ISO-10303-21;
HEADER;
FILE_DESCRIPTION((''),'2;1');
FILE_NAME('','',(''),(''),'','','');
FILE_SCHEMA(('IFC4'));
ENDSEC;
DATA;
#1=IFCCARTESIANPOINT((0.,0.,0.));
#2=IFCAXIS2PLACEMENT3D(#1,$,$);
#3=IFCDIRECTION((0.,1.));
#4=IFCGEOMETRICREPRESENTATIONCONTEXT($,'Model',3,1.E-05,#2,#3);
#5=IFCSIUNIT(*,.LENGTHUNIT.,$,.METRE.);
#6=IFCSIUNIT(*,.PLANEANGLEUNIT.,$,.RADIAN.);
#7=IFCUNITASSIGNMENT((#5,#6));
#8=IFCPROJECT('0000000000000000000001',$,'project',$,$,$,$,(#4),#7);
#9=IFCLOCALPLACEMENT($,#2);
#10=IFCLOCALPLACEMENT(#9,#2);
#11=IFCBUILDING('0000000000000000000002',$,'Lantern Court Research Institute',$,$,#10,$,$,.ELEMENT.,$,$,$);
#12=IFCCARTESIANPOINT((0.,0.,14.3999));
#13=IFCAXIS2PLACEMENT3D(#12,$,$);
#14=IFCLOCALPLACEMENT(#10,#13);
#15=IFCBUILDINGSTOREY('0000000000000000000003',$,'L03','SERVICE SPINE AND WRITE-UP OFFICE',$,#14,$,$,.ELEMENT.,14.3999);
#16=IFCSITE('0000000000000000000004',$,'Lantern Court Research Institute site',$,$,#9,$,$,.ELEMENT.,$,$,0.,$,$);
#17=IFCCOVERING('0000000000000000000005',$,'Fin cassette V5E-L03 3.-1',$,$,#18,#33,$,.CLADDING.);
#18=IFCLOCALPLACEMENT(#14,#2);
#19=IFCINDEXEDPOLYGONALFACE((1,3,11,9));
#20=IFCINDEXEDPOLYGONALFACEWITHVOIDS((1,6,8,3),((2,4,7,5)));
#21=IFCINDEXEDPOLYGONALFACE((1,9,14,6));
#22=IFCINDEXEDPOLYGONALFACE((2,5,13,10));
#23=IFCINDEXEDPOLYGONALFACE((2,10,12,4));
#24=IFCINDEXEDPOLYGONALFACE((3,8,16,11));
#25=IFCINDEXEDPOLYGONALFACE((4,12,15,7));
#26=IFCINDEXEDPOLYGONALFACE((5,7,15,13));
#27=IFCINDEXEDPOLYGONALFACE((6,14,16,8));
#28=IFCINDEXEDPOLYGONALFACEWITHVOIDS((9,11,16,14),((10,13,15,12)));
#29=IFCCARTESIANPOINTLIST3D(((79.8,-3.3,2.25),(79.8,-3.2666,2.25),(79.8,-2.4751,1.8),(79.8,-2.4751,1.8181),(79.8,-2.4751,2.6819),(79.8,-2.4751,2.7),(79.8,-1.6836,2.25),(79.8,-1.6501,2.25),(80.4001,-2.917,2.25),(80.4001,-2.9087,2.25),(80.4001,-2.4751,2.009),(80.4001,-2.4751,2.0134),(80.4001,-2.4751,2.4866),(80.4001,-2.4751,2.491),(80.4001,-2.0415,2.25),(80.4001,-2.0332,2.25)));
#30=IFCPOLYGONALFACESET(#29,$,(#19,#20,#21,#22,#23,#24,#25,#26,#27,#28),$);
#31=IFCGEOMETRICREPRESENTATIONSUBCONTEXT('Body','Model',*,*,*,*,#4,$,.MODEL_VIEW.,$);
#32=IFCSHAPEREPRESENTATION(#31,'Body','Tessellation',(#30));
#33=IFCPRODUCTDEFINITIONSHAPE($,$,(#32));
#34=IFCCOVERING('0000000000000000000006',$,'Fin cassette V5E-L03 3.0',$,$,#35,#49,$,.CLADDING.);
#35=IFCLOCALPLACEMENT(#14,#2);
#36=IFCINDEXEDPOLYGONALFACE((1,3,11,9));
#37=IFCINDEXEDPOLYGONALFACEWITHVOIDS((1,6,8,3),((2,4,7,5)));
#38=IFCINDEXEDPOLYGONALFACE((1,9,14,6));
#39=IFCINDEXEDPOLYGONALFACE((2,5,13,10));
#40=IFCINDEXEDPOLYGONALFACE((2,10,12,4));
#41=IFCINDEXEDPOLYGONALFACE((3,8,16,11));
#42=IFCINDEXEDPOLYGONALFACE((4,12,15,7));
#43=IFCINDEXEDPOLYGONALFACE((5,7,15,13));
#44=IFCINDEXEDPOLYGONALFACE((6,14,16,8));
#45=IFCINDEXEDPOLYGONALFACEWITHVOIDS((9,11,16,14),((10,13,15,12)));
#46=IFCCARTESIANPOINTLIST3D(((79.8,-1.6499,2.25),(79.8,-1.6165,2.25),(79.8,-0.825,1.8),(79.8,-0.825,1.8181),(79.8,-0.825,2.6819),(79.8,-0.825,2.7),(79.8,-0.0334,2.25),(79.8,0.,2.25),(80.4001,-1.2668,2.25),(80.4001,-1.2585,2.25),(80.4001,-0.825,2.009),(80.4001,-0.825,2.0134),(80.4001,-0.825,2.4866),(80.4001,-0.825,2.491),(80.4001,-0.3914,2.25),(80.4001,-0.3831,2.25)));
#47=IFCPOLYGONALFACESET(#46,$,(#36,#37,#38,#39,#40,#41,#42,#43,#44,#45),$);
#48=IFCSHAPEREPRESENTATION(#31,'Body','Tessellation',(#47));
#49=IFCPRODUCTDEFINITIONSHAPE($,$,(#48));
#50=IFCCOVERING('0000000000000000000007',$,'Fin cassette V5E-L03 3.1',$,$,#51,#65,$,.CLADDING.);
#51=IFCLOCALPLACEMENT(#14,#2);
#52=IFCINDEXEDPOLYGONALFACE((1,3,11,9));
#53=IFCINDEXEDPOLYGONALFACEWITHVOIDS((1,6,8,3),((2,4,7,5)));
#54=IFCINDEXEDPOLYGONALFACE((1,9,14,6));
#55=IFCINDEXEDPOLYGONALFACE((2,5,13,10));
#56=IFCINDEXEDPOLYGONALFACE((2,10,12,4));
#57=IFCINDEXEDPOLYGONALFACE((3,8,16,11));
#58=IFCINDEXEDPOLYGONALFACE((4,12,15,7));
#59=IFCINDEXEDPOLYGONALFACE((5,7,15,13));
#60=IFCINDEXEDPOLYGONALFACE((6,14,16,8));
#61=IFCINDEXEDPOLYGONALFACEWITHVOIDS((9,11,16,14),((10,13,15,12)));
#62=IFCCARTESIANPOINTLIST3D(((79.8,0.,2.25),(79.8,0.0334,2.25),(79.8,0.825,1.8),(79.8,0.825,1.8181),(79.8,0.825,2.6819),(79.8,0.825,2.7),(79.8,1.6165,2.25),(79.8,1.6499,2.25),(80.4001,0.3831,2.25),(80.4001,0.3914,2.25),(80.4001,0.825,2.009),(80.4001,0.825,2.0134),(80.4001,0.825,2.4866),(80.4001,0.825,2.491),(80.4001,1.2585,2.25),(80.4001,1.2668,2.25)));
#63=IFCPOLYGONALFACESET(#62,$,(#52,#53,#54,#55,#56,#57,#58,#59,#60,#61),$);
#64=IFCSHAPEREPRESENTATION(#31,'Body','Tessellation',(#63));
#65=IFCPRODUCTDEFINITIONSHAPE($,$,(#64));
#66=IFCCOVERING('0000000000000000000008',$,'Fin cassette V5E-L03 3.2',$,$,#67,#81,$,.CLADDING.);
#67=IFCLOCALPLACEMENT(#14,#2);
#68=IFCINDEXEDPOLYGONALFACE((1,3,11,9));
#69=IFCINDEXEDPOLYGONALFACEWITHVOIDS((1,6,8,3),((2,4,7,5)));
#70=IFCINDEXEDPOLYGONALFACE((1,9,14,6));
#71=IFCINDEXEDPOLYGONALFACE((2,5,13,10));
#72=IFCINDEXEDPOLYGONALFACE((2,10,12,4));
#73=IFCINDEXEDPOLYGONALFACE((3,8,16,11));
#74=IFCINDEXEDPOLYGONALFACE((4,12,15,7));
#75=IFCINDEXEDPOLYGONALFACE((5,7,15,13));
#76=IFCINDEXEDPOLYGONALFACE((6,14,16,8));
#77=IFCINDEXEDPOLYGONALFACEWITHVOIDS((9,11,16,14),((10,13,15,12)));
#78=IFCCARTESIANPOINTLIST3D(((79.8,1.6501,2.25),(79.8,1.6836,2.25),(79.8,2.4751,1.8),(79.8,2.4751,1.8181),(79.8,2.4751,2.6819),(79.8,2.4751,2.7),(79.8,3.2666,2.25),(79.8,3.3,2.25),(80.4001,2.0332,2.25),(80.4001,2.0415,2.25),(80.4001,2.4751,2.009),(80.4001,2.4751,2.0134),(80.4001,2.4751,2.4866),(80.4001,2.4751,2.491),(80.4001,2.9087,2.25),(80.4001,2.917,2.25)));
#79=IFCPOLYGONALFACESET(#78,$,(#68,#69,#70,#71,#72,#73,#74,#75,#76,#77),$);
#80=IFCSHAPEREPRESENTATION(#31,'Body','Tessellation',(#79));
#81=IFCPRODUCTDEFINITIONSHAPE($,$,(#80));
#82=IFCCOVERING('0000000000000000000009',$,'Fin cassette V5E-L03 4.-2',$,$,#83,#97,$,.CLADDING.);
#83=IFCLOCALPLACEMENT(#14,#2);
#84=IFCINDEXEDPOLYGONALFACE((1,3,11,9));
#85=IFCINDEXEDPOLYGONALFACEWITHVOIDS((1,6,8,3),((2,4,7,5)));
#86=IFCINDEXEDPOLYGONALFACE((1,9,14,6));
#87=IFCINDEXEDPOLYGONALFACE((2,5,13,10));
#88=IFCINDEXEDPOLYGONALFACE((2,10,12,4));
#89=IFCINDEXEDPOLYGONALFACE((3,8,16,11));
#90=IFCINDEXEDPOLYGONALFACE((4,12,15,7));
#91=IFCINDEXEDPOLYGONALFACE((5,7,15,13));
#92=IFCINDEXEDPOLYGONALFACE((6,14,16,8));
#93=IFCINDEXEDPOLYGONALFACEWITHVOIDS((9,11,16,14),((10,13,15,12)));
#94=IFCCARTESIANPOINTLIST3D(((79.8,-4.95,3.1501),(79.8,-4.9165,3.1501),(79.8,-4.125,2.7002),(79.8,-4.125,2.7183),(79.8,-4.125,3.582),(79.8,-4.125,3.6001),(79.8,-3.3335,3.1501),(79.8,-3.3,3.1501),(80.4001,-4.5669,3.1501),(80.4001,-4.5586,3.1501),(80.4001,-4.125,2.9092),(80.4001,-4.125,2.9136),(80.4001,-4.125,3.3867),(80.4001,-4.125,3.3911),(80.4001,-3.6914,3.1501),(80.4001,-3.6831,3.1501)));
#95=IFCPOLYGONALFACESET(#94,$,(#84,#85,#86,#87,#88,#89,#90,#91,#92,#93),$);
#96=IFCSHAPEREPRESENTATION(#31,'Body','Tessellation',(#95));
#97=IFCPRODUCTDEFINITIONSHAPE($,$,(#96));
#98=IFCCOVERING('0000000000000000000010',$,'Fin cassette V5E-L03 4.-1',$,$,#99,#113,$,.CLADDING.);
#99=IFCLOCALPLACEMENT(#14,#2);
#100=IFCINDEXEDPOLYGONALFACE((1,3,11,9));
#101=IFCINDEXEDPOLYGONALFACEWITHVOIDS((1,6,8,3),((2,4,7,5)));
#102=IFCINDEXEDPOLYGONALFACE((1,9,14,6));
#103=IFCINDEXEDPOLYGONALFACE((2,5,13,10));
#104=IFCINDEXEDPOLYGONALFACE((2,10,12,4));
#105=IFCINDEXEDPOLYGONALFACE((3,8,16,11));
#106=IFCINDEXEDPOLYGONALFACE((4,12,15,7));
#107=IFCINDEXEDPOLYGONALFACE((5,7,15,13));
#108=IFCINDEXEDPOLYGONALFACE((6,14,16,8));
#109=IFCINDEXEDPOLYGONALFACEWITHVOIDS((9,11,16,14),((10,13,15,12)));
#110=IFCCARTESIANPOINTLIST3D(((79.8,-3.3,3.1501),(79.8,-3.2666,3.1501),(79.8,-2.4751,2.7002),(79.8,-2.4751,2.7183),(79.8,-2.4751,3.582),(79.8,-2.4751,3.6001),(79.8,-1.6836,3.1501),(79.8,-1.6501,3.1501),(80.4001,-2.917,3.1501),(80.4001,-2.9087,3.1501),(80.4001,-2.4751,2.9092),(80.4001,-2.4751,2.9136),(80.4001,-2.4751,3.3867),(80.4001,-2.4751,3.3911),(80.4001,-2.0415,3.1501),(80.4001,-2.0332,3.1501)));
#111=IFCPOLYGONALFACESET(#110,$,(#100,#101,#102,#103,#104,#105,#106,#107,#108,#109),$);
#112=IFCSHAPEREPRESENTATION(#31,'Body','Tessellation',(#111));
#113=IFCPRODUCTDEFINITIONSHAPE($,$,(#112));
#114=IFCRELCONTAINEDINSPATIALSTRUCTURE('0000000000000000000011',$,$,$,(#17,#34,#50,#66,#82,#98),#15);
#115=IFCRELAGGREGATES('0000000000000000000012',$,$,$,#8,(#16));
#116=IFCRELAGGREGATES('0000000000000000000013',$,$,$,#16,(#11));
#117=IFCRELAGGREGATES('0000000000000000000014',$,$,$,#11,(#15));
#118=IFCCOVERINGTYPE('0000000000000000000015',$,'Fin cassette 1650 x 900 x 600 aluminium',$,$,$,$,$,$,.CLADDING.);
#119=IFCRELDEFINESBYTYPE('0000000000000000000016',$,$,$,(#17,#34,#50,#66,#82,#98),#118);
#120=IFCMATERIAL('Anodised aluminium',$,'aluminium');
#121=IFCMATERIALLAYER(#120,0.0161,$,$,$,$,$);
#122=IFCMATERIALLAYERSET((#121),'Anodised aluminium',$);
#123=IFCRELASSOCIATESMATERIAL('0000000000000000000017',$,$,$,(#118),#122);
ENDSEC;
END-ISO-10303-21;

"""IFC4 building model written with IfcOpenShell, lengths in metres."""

from ifc_helpers import new_model, entity, si_unit, direction, frame, origin, place, context, subcontext, project, spatial, material, layer, layer_set, type_object, element, save


model = new_model("IFC4")

# Units and contexts
model_context = context("Model", 3, precision=1e-05, world=origin(), true_north=direction((0.0, 1.0)))
body_context = subcontext(model_context, "Body", "Model", "MODEL_VIEW")
ifc_project = project(units=[si_unit("LENGTHUNIT", "METRE"), si_unit("PLANEANGLEUNIT", "RADIAN")], contexts=[model_context])

# Site, building, storey
site_placement = place(None, origin())
site = spatial("IfcSite", under=ifc_project, at=site_placement, Name="Lantern Court Research Institute site", CompositionType="ELEMENT", RefElevation=0.0)
building_placement = place(site_placement, origin())
building = spatial("IfcBuilding", under=site, at=building_placement, Name="Lantern Court Research Institute", CompositionType="ELEMENT")
storey_placement = place(building_placement, frame((0.0, 0.0, 14.3999)))
storey = spatial("IfcBuildingStorey", under=building, at=storey_placement, Name="L03", Description="SERVICE SPINE AND WRITE-UP OFFICE", CompositionType="ELEMENT", Elevation=14.3999)

# Coverings
ifc_material_1 = material(Name="Anodised aluminium", Category="aluminium")
ifc_layer_1 = layer(ifc_material_1, 0.0161)
ifc_layer_set_1 = layer_set([ifc_layer_1], Name="Anodised aluminium")
covering_type = type_object("IfcCoveringType", Name="Fin cassette 1650 x 900 x 600 aluminium", PredefinedType="CLADDING", material=ifc_layer_set_1)
covering_1_placement = place(storey_placement, frame((79.8, -2.4751, 2.25), z_axis=(1.0, 0.0, 0.0), x_axis=(0.0, 1.0, 0.0)))
cartesian_point_1 = entity("IfcCartesianPoint", [0.825, 0.0])
cartesian_point_2 = entity("IfcCartesianPoint", [0.7915, 0.0])
cartesian_point_3 = entity("IfcCartesianPoint", [0.4419, 0.0])
cartesian_point_4 = entity("IfcCartesianPoint", [0.4336, 0.0])
element("IfcCovering", 1, at=covering_1_placement, inside=storey, type_object=covering_type, Name="Fin cassette V5E-L03 3.-1", PredefinedType="CLADDING", context=body_context, shape_type="SweptSolid", body=[
    entity("IfcExtrudedAreaSolidTapered", entity("IfcArbitraryProfileDefWithVoids", "AREA", None, entity("IfcPolyline", [cartesian_point_1, entity("IfcCartesianPoint", [0.0, 0.45]), entity("IfcCartesianPoint", [-0.825, 0.0]), entity("IfcCartesianPoint", [0.0, -0.45]), cartesian_point_1]), [entity("IfcPolyline", [cartesian_point_2, entity("IfcCartesianPoint", [0.0, 0.4319]), entity("IfcCartesianPoint", [-0.7915, 0.0]), entity("IfcCartesianPoint", [0.0, -0.4319]), cartesian_point_2])]), entity("IfcAxis2Placement3D", entity("IfcCartesianPoint", [0.0, 0.0, 0.0])), entity("IfcDirection", [0.0, 0.0, 1.0]), 0.6001, entity("IfcArbitraryProfileDefWithVoids", "AREA", None, entity("IfcPolyline", [cartesian_point_3, entity("IfcCartesianPoint", [0.0, 0.241]), entity("IfcCartesianPoint", [-0.4419, 0.0]), entity("IfcCartesianPoint", [0.0, -0.241]), cartesian_point_3]), [entity("IfcPolyline", [cartesian_point_4, entity("IfcCartesianPoint", [0.0, 0.2366]), entity("IfcCartesianPoint", [-0.4336, 0.0]), entity("IfcCartesianPoint", [0.0, -0.2366]), cartesian_point_4])])),
])
covering_2_placement = place(storey_placement, frame((79.8, -0.825, 2.25), z_axis=(1.0, 0.0, 0.0), x_axis=(0.0, 1.0, 0.0)))
cartesian_point_5 = entity("IfcCartesianPoint", [0.825, 0.0])
cartesian_point_6 = entity("IfcCartesianPoint", [0.7915, 0.0])
cartesian_point_7 = entity("IfcCartesianPoint", [0.4419, 0.0])
cartesian_point_8 = entity("IfcCartesianPoint", [0.4336, 0.0])
element("IfcCovering", 2, at=covering_2_placement, inside=storey, type_object=covering_type, Name="Fin cassette V5E-L03 3.0", PredefinedType="CLADDING", context=body_context, shape_type="SweptSolid", body=[
    entity("IfcExtrudedAreaSolidTapered", entity("IfcArbitraryProfileDefWithVoids", "AREA", None, entity("IfcPolyline", [cartesian_point_5, entity("IfcCartesianPoint", [0.0, 0.45]), entity("IfcCartesianPoint", [-0.825, 0.0]), entity("IfcCartesianPoint", [0.0, -0.45]), cartesian_point_5]), [entity("IfcPolyline", [cartesian_point_6, entity("IfcCartesianPoint", [0.0, 0.4319]), entity("IfcCartesianPoint", [-0.7915, 0.0]), entity("IfcCartesianPoint", [0.0, -0.4319]), cartesian_point_6])]), entity("IfcAxis2Placement3D", entity("IfcCartesianPoint", [0.0, 0.0, 0.0])), entity("IfcDirection", [0.0, 0.0, 1.0]), 0.6001, entity("IfcArbitraryProfileDefWithVoids", "AREA", None, entity("IfcPolyline", [cartesian_point_7, entity("IfcCartesianPoint", [0.0, 0.241]), entity("IfcCartesianPoint", [-0.4419, 0.0]), entity("IfcCartesianPoint", [0.0, -0.241]), cartesian_point_7]), [entity("IfcPolyline", [cartesian_point_8, entity("IfcCartesianPoint", [0.0, 0.2366]), entity("IfcCartesianPoint", [-0.4336, 0.0]), entity("IfcCartesianPoint", [0.0, -0.2366]), cartesian_point_8])])),
])
covering_3_placement = place(storey_placement, frame((79.8, 0.825, 2.25), z_axis=(1.0, 0.0, 0.0), x_axis=(0.0, 1.0, 0.0)))
cartesian_point_9 = entity("IfcCartesianPoint", [0.825, 0.0])
cartesian_point_10 = entity("IfcCartesianPoint", [0.7915, 0.0])
cartesian_point_11 = entity("IfcCartesianPoint", [0.4419, 0.0])
cartesian_point_12 = entity("IfcCartesianPoint", [0.4336, 0.0])
element("IfcCovering", 3, at=covering_3_placement, inside=storey, type_object=covering_type, Name="Fin cassette V5E-L03 3.1", PredefinedType="CLADDING", context=body_context, shape_type="SweptSolid", body=[
    entity("IfcExtrudedAreaSolidTapered", entity("IfcArbitraryProfileDefWithVoids", "AREA", None, entity("IfcPolyline", [cartesian_point_9, entity("IfcCartesianPoint", [0.0, 0.45]), entity("IfcCartesianPoint", [-0.825, 0.0]), entity("IfcCartesianPoint", [0.0, -0.45]), cartesian_point_9]), [entity("IfcPolyline", [cartesian_point_10, entity("IfcCartesianPoint", [0.0, 0.4319]), entity("IfcCartesianPoint", [-0.7915, 0.0]), entity("IfcCartesianPoint", [0.0, -0.4319]), cartesian_point_10])]), entity("IfcAxis2Placement3D", entity("IfcCartesianPoint", [0.0, 0.0, 0.0])), entity("IfcDirection", [0.0, 0.0, 1.0]), 0.6001, entity("IfcArbitraryProfileDefWithVoids", "AREA", None, entity("IfcPolyline", [cartesian_point_11, entity("IfcCartesianPoint", [0.0, 0.241]), entity("IfcCartesianPoint", [-0.4419, 0.0]), entity("IfcCartesianPoint", [0.0, -0.241]), cartesian_point_11]), [entity("IfcPolyline", [cartesian_point_12, entity("IfcCartesianPoint", [0.0, 0.2366]), entity("IfcCartesianPoint", [-0.4336, 0.0]), entity("IfcCartesianPoint", [0.0, -0.2366]), cartesian_point_12])])),
])
covering_4_placement = place(storey_placement, frame((79.8, 2.4751, 2.25), z_axis=(1.0, 0.0, 0.0), x_axis=(0.0, 1.0, 0.0)))
cartesian_point_13 = entity("IfcCartesianPoint", [0.825, 0.0])
cartesian_point_14 = entity("IfcCartesianPoint", [0.7915, 0.0])
cartesian_point_15 = entity("IfcCartesianPoint", [0.4419, 0.0])
cartesian_point_16 = entity("IfcCartesianPoint", [0.4336, 0.0])
element("IfcCovering", 4, at=covering_4_placement, inside=storey, type_object=covering_type, Name="Fin cassette V5E-L03 3.2", PredefinedType="CLADDING", context=body_context, shape_type="SweptSolid", body=[
    entity("IfcExtrudedAreaSolidTapered", entity("IfcArbitraryProfileDefWithVoids", "AREA", None, entity("IfcPolyline", [cartesian_point_13, entity("IfcCartesianPoint", [0.0, 0.45]), entity("IfcCartesianPoint", [-0.825, 0.0]), entity("IfcCartesianPoint", [0.0, -0.45]), cartesian_point_13]), [entity("IfcPolyline", [cartesian_point_14, entity("IfcCartesianPoint", [0.0, 0.4319]), entity("IfcCartesianPoint", [-0.7915, 0.0]), entity("IfcCartesianPoint", [0.0, -0.4319]), cartesian_point_14])]), entity("IfcAxis2Placement3D", entity("IfcCartesianPoint", [0.0, 0.0, 0.0])), entity("IfcDirection", [0.0, 0.0, 1.0]), 0.6001, entity("IfcArbitraryProfileDefWithVoids", "AREA", None, entity("IfcPolyline", [cartesian_point_15, entity("IfcCartesianPoint", [0.0, 0.241]), entity("IfcCartesianPoint", [-0.4419, 0.0]), entity("IfcCartesianPoint", [0.0, -0.241]), cartesian_point_15]), [entity("IfcPolyline", [cartesian_point_16, entity("IfcCartesianPoint", [0.0, 0.2366]), entity("IfcCartesianPoint", [-0.4336, 0.0]), entity("IfcCartesianPoint", [0.0, -0.2366]), cartesian_point_16])])),
])
covering_5_placement = place(storey_placement, frame((79.8, -4.125, 3.1501), z_axis=(1.0, 0.0, 0.0), x_axis=(0.0, 1.0, 0.0)))
cartesian_point_17 = entity("IfcCartesianPoint", [0.825, 0.0])
cartesian_point_18 = entity("IfcCartesianPoint", [0.7915, 0.0])
cartesian_point_19 = entity("IfcCartesianPoint", [0.4419, 0.0])
cartesian_point_20 = entity("IfcCartesianPoint", [0.4336, 0.0])
element("IfcCovering", 5, at=covering_5_placement, inside=storey, type_object=covering_type, Name="Fin cassette V5E-L03 4.-2", PredefinedType="CLADDING", context=body_context, shape_type="SweptSolid", body=[
    entity("IfcExtrudedAreaSolidTapered", entity("IfcArbitraryProfileDefWithVoids", "AREA", None, entity("IfcPolyline", [cartesian_point_17, entity("IfcCartesianPoint", [0.0, 0.45]), entity("IfcCartesianPoint", [-0.825, 0.0]), entity("IfcCartesianPoint", [0.0, -0.45]), cartesian_point_17]), [entity("IfcPolyline", [cartesian_point_18, entity("IfcCartesianPoint", [0.0, 0.4319]), entity("IfcCartesianPoint", [-0.7915, 0.0]), entity("IfcCartesianPoint", [0.0, -0.4319]), cartesian_point_18])]), entity("IfcAxis2Placement3D", entity("IfcCartesianPoint", [0.0, 0.0, 0.0])), entity("IfcDirection", [0.0, 0.0, 1.0]), 0.6001, entity("IfcArbitraryProfileDefWithVoids", "AREA", None, entity("IfcPolyline", [cartesian_point_19, entity("IfcCartesianPoint", [0.0, 0.241]), entity("IfcCartesianPoint", [-0.4419, 0.0]), entity("IfcCartesianPoint", [0.0, -0.241]), cartesian_point_19]), [entity("IfcPolyline", [cartesian_point_20, entity("IfcCartesianPoint", [0.0, 0.2366]), entity("IfcCartesianPoint", [-0.4336, 0.0]), entity("IfcCartesianPoint", [0.0, -0.2366]), cartesian_point_20])])),
])
covering_6_placement = place(storey_placement, frame((79.8, -2.4751, 3.1501), z_axis=(1.0, 0.0, 0.0), x_axis=(0.0, 1.0, 0.0)))
cartesian_point_21 = entity("IfcCartesianPoint", [0.825, 0.0])
cartesian_point_22 = entity("IfcCartesianPoint", [0.7915, 0.0])
cartesian_point_23 = entity("IfcCartesianPoint", [0.4419, 0.0])
cartesian_point_24 = entity("IfcCartesianPoint", [0.4336, 0.0])
element("IfcCovering", 6, at=covering_6_placement, inside=storey, type_object=covering_type, Name="Fin cassette V5E-L03 4.-1", PredefinedType="CLADDING", context=body_context, shape_type="SweptSolid", body=[
    entity("IfcExtrudedAreaSolidTapered", entity("IfcArbitraryProfileDefWithVoids", "AREA", None, entity("IfcPolyline", [cartesian_point_21, entity("IfcCartesianPoint", [0.0, 0.45]), entity("IfcCartesianPoint", [-0.825, 0.0]), entity("IfcCartesianPoint", [0.0, -0.45]), cartesian_point_21]), [entity("IfcPolyline", [cartesian_point_22, entity("IfcCartesianPoint", [0.0, 0.4319]), entity("IfcCartesianPoint", [-0.7915, 0.0]), entity("IfcCartesianPoint", [0.0, -0.4319]), cartesian_point_22])]), entity("IfcAxis2Placement3D", entity("IfcCartesianPoint", [0.0, 0.0, 0.0])), entity("IfcDirection", [0.0, 0.0, 1.0]), 0.6001, entity("IfcArbitraryProfileDefWithVoids", "AREA", None, entity("IfcPolyline", [cartesian_point_23, entity("IfcCartesianPoint", [0.0, 0.241]), entity("IfcCartesianPoint", [-0.4419, 0.0]), entity("IfcCartesianPoint", [0.0, -0.241]), cartesian_point_23]), [entity("IfcPolyline", [cartesian_point_24, entity("IfcCartesianPoint", [0.0, 0.2366]), entity("IfcCartesianPoint", [-0.4336, 0.0]), entity("IfcCartesianPoint", [0.0, -0.2366]), cartesian_point_24])])),
])

save(model, "model.ifc")
